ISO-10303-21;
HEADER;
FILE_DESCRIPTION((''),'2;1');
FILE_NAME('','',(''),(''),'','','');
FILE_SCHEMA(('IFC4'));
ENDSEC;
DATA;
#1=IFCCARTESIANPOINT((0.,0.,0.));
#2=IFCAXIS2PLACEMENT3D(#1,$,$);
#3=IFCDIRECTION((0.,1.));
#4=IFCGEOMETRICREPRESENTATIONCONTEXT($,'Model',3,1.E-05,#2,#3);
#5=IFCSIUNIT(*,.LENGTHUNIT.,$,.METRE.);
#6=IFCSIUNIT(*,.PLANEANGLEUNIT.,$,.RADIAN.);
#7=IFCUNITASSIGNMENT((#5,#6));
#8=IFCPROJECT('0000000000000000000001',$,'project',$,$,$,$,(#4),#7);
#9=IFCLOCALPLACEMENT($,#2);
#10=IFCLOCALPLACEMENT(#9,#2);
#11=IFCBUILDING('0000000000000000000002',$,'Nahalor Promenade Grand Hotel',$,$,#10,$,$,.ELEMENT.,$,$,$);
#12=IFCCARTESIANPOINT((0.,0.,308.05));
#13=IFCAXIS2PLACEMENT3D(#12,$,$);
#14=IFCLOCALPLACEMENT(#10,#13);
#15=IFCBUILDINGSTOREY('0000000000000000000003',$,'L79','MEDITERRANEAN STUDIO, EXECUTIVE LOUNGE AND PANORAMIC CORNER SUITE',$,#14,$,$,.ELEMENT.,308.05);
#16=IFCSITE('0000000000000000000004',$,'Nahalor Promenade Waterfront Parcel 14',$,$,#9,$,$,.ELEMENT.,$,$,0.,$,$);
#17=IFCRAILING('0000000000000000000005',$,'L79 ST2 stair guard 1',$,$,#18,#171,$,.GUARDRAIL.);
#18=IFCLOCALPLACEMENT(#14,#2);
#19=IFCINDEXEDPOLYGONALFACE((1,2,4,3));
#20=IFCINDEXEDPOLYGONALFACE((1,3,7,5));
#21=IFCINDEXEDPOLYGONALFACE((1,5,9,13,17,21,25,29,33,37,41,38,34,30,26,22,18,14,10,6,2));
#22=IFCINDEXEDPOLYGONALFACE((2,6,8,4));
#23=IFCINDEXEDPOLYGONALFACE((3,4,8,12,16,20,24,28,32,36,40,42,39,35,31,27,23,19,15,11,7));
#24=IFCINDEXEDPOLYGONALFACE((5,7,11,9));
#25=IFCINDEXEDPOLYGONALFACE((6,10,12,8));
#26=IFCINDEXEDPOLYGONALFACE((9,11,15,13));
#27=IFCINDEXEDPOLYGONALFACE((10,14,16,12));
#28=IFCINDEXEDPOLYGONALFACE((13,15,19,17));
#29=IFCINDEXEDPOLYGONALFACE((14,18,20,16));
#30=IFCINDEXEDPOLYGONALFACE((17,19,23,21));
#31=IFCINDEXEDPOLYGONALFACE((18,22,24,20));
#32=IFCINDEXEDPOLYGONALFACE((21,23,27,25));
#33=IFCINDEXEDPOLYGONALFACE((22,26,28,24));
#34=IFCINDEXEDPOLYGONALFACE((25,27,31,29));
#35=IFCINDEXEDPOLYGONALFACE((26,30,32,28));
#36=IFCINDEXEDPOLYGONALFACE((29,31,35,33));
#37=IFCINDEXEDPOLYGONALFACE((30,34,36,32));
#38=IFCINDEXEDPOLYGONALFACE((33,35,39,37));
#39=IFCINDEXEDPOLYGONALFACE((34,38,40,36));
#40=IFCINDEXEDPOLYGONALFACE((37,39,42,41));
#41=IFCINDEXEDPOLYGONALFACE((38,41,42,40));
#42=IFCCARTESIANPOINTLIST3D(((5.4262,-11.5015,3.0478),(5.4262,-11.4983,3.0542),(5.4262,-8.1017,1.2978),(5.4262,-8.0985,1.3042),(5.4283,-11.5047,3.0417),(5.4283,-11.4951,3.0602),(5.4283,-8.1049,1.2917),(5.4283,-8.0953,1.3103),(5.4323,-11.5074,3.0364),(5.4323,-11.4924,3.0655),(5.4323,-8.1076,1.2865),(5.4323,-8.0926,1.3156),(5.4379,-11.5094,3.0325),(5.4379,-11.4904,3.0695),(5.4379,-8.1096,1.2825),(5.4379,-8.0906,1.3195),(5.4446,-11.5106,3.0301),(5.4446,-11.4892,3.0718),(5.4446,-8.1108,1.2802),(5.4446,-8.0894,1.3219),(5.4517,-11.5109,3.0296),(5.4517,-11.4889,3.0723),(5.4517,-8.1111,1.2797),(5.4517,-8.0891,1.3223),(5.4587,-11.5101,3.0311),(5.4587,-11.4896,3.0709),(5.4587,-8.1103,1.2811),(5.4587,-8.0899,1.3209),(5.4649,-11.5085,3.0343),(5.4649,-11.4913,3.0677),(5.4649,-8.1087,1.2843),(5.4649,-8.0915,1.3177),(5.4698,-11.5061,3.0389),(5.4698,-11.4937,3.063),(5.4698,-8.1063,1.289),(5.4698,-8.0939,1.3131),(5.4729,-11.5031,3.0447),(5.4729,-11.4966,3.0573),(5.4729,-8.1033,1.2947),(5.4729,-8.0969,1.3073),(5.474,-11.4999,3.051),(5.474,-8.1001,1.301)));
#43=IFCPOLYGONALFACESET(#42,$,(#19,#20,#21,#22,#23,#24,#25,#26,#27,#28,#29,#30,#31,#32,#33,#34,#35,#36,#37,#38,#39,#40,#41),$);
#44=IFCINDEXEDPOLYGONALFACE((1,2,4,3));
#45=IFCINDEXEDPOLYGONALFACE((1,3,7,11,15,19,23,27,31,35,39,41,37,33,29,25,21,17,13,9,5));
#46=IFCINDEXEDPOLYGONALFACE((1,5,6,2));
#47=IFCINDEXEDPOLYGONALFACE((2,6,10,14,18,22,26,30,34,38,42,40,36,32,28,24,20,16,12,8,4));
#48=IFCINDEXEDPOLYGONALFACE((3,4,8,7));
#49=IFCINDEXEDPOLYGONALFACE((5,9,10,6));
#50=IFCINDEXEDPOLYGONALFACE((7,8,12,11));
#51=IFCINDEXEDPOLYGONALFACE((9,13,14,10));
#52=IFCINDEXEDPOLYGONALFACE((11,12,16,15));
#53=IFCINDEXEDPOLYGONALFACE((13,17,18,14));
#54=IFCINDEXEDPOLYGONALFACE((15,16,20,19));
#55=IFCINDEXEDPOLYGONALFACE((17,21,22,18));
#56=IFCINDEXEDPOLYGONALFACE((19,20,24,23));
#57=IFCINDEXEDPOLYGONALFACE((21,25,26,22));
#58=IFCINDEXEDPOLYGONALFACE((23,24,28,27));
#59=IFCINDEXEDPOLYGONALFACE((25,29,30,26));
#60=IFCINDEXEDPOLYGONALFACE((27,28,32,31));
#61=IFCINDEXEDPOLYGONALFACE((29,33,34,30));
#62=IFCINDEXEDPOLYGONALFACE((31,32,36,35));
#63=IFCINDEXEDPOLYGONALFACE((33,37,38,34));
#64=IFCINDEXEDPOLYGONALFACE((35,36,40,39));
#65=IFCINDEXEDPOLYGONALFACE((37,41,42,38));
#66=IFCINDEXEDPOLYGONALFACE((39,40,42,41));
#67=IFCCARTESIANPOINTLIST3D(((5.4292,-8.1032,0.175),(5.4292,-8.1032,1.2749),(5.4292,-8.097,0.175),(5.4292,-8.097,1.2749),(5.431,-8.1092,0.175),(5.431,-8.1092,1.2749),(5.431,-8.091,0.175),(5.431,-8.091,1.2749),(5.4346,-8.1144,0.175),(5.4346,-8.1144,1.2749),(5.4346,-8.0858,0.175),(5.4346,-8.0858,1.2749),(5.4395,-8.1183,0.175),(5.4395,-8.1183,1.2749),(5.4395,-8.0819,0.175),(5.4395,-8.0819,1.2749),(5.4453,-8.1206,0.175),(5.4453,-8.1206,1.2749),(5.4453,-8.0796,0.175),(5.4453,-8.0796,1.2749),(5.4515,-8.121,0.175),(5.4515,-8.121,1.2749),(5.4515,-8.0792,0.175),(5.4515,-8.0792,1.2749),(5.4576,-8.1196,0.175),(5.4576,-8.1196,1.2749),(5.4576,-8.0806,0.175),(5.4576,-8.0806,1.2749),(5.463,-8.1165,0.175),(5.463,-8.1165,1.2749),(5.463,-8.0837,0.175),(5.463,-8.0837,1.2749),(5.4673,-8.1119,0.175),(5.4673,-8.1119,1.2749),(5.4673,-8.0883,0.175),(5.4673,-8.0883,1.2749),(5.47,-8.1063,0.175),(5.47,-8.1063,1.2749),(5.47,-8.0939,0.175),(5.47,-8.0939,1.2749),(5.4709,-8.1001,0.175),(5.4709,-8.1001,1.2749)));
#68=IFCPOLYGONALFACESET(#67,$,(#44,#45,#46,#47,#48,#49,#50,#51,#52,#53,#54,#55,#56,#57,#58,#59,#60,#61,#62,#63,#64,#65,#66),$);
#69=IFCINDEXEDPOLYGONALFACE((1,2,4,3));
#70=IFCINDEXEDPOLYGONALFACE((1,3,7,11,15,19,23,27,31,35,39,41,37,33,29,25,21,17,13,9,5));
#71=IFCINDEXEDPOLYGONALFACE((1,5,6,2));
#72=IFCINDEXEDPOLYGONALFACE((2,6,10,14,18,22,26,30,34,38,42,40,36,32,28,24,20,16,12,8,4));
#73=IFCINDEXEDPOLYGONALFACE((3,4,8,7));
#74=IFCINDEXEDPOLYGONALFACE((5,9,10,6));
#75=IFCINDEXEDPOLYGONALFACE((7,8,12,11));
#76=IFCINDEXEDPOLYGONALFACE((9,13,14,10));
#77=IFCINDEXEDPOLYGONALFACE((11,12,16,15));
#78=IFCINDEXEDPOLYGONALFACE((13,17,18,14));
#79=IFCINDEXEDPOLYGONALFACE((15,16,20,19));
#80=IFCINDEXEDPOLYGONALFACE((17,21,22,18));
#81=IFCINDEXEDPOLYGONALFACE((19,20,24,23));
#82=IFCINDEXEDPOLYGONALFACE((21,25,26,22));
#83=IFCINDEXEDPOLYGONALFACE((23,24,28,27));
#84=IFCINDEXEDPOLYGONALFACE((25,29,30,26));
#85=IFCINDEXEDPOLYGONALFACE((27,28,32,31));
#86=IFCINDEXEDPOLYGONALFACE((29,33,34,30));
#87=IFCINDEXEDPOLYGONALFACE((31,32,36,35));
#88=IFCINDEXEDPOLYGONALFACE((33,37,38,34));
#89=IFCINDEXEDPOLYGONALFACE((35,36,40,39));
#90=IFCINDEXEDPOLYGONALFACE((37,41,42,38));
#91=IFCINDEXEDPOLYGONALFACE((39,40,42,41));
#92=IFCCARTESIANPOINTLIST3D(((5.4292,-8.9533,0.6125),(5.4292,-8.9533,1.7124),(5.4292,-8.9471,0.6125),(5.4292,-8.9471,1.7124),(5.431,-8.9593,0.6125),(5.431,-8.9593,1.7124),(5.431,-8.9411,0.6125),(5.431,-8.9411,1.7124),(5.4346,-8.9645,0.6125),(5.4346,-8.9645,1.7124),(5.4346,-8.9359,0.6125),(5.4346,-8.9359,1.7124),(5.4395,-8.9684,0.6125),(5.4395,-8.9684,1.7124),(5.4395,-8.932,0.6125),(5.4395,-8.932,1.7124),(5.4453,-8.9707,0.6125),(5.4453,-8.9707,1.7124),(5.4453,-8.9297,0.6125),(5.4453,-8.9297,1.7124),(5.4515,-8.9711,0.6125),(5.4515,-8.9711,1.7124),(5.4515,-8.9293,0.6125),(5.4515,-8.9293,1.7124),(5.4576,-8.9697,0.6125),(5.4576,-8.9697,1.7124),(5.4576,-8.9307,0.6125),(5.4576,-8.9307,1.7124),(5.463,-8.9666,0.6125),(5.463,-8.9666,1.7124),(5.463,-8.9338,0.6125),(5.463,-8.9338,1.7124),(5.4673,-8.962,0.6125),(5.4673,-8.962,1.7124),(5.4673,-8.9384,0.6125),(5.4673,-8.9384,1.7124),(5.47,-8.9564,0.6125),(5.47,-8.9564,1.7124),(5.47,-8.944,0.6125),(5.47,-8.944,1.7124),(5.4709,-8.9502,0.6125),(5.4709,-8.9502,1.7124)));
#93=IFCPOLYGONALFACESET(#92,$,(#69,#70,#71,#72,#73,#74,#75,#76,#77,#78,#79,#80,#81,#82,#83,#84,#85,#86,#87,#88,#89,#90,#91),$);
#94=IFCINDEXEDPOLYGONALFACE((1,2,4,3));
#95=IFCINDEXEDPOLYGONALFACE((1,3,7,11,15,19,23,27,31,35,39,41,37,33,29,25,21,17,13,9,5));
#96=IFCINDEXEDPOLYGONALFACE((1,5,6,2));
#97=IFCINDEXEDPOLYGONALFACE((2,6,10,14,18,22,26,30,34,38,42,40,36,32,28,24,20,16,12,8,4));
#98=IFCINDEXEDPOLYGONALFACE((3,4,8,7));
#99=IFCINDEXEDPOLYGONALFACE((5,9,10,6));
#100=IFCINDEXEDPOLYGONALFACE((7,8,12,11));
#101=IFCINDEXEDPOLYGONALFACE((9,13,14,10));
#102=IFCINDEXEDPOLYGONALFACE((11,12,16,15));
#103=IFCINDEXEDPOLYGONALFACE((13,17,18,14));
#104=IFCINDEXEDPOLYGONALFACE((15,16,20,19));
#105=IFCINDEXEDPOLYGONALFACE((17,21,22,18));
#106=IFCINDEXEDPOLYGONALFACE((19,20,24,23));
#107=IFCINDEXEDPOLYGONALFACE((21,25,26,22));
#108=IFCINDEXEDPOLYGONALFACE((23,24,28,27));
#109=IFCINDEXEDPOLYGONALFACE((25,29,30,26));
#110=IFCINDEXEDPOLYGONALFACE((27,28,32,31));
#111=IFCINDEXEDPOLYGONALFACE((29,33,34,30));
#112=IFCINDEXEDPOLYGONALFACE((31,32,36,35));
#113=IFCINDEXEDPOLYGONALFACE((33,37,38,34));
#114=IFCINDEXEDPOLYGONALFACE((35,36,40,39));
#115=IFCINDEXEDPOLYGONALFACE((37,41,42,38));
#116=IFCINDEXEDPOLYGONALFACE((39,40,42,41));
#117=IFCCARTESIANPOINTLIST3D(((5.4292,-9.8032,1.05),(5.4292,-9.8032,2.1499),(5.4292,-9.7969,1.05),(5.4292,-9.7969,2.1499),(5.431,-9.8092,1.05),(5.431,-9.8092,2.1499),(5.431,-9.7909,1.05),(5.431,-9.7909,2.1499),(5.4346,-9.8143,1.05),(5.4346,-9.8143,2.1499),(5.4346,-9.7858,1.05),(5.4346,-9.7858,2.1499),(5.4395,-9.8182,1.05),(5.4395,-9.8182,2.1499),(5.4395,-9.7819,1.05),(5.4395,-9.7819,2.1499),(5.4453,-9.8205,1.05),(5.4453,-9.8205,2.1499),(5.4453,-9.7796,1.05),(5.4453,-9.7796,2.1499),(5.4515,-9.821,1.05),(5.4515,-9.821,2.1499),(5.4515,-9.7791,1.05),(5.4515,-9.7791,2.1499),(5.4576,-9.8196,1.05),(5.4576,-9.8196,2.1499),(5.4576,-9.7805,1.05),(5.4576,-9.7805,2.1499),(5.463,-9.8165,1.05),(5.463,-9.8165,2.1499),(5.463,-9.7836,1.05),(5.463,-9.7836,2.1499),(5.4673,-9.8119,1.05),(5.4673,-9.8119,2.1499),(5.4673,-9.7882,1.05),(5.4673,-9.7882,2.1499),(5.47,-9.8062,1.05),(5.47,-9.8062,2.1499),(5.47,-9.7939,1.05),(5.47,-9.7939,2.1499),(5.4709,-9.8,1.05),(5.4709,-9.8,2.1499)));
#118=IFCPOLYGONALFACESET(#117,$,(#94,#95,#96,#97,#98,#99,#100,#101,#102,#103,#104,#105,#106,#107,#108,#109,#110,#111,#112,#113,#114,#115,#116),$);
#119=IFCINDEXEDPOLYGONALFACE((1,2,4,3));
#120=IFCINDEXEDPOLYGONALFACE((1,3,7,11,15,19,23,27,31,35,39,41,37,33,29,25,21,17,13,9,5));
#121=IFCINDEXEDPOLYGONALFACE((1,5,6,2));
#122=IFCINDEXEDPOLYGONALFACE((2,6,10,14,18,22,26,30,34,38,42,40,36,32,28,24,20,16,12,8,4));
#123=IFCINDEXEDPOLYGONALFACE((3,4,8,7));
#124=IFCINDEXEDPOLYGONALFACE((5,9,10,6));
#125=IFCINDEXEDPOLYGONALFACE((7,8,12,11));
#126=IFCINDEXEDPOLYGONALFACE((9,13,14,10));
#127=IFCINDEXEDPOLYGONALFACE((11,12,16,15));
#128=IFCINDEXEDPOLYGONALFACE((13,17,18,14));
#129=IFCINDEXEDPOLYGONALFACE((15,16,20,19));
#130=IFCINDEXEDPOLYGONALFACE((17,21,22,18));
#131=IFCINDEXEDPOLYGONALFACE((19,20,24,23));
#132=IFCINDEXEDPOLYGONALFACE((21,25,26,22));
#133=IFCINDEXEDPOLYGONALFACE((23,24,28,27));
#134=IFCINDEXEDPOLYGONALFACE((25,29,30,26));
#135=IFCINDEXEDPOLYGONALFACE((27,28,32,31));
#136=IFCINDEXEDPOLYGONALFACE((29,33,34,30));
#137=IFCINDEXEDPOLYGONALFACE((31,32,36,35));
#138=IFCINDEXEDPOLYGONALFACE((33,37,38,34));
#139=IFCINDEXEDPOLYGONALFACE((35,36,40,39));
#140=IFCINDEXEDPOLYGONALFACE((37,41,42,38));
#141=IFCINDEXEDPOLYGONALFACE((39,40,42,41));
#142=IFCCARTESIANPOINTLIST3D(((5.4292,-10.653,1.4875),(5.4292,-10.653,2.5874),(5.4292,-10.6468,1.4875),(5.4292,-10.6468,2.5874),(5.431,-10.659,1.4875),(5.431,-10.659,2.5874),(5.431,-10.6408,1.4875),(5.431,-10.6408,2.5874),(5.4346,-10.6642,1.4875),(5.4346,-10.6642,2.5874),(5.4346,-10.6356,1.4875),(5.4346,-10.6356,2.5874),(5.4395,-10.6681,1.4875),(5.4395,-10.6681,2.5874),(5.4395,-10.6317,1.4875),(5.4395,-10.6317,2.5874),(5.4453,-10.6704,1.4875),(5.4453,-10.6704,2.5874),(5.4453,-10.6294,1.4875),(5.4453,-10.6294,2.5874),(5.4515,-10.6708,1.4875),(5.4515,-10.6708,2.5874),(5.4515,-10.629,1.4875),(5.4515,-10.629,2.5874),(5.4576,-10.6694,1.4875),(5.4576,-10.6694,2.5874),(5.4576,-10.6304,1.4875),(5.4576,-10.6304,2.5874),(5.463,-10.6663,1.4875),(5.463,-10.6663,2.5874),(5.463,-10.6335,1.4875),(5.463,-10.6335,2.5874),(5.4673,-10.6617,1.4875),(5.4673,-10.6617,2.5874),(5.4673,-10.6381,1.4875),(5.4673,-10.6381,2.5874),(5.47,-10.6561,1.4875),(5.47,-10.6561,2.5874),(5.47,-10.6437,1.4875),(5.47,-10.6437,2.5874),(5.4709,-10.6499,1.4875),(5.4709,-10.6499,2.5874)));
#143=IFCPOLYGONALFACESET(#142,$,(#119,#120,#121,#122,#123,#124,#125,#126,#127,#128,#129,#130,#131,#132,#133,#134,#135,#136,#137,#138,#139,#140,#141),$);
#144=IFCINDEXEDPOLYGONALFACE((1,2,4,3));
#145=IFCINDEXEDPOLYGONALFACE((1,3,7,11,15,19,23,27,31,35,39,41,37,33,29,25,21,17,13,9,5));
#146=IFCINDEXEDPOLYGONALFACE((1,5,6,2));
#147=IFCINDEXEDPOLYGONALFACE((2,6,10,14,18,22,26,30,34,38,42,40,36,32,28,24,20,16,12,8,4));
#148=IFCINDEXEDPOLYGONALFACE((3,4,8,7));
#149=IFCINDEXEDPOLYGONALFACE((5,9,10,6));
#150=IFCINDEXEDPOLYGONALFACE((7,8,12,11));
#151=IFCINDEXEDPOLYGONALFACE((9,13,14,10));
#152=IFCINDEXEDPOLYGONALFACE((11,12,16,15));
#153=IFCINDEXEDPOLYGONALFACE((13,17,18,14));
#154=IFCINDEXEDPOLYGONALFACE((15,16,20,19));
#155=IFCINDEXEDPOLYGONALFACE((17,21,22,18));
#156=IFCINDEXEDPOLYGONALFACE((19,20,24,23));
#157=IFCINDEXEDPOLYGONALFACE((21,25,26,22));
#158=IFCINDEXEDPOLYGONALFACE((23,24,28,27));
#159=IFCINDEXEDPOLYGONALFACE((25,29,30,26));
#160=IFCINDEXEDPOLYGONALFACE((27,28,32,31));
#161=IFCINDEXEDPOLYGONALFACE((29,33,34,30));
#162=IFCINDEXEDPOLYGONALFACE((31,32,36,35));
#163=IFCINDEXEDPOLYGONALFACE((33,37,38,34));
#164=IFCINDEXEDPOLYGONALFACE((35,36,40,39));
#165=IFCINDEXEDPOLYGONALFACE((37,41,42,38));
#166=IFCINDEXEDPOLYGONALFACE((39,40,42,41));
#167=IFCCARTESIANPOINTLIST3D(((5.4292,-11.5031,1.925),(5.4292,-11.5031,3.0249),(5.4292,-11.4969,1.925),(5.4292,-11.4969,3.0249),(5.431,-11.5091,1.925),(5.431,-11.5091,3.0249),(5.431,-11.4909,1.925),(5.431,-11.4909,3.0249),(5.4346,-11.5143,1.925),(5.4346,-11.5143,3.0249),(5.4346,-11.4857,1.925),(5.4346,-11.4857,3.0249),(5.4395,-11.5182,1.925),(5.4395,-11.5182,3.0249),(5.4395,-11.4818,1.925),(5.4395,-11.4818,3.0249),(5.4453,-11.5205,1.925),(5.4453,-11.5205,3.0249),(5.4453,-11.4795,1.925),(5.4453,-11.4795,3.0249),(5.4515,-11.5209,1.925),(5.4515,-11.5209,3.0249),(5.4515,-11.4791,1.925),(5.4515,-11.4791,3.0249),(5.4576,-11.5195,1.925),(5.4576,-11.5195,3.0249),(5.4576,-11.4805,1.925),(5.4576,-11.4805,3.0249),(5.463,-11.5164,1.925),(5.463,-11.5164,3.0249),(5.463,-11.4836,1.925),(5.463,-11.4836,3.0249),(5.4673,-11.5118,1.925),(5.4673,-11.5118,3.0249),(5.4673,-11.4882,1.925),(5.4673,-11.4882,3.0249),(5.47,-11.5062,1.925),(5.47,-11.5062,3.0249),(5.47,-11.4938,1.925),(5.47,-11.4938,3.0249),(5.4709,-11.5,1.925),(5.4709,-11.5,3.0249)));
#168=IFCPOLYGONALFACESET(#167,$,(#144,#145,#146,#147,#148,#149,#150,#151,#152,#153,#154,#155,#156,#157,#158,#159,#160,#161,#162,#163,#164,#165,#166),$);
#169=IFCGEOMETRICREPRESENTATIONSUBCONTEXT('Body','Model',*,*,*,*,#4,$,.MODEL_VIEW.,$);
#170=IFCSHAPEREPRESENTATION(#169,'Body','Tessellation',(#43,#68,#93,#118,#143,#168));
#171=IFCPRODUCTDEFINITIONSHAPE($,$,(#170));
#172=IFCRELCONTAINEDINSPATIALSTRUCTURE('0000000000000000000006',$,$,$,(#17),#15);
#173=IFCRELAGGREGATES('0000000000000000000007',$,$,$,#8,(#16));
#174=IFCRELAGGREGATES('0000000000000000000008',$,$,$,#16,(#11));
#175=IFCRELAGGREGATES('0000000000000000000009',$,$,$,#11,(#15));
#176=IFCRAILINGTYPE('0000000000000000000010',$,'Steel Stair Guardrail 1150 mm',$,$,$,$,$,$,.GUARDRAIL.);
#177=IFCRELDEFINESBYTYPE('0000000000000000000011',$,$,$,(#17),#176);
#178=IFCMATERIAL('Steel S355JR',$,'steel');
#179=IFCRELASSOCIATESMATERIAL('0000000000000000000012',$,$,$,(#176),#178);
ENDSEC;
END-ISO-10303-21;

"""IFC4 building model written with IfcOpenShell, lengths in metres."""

from ifc_helpers import new_model, si_unit, direction, frame, origin, origin_2d, place, context, subcontext, project, spatial, circle, extrude, material, type_object, element, save


model = new_model("IFC4")

# Units and contexts
model_context = context("Model", 3, precision=1e-05, world=origin(), true_north=direction((0.0, 1.0)))
body_context = subcontext(model_context, "Body", "Model", "MODEL_VIEW")
ifc_project = project(units=[si_unit("LENGTHUNIT", "METRE"), si_unit("PLANEANGLEUNIT", "RADIAN")], contexts=[model_context])

# Site, building, storey
site_placement = place(None, origin())
site = spatial("IfcSite", under=ifc_project, at=site_placement, Name="Nahalor Promenade Waterfront Parcel 14", CompositionType="ELEMENT", RefElevation=0.0)
building_placement = place(site_placement, origin())
building = spatial("IfcBuilding", under=site, at=building_placement, Name="Nahalor Promenade Grand Hotel", CompositionType="ELEMENT")
storey_placement = place(building_placement, frame((0.0, 0.0, 308.05)))
storey = spatial("IfcBuildingStorey", under=building, at=storey_placement, Name="L79", Description="MEDITERRANEAN STUDIO, EXECUTIVE LOUNGE AND PANORAMIC CORNER SUITE", CompositionType="ELEMENT", Elevation=308.05)

# Shared definitions
ifc_material_1 = material(Name="Steel S355JR", Category="steel")

# Railing
railing_type_1 = type_object("IfcRailingType", Name="Steel Stair Guardrail 1150 mm", PredefinedType="GUARDRAIL", material=ifc_material_1)
railing_1_placement = place(storey_placement, frame((5.45, -8.1001, 0.175)))
element("IfcRailing", 1, at=railing_1_placement, inside=storey, type_object=railing_type_1, Name="L79 ST2 stair guard 1", PredefinedType="GUARDRAIL", context=body_context, shape_type="SweptSolid", body=[
    extrude(circle(Radius=0.024, at=origin_2d()), frame((0.0, 0.0, 1.126), z_axis=(0.0, -0.88913, 0.457654), x_axis=(1.0, 0.0, 0.0)), (0.0, 0.0, 1.0), 3.8237),
    extrude(circle(Radius=0.021, at=origin_2d()), origin(), (0.0, 0.0, 1.0), 1.0999),
    extrude(circle(Radius=0.021, at=origin_2d()), frame((0.0, -0.8501, 0.4375)), (0.0, 0.0, 1.0), 1.0999),
    extrude(circle(Radius=0.021, at=origin_2d()), frame((0.0, -1.7, 0.875)), (0.0, 0.0, 1.0), 1.0999),
    extrude(circle(Radius=0.021, at=origin_2d()), frame((0.0, -2.5498, 1.3125)), (0.0, 0.0, 1.0), 1.0999),
    extrude(circle(Radius=0.021, at=origin_2d()), frame((0.0, -3.3999, 1.75)), (0.0, 0.0, 1.0), 1.0999),
])

save(model, "model.ifc")
